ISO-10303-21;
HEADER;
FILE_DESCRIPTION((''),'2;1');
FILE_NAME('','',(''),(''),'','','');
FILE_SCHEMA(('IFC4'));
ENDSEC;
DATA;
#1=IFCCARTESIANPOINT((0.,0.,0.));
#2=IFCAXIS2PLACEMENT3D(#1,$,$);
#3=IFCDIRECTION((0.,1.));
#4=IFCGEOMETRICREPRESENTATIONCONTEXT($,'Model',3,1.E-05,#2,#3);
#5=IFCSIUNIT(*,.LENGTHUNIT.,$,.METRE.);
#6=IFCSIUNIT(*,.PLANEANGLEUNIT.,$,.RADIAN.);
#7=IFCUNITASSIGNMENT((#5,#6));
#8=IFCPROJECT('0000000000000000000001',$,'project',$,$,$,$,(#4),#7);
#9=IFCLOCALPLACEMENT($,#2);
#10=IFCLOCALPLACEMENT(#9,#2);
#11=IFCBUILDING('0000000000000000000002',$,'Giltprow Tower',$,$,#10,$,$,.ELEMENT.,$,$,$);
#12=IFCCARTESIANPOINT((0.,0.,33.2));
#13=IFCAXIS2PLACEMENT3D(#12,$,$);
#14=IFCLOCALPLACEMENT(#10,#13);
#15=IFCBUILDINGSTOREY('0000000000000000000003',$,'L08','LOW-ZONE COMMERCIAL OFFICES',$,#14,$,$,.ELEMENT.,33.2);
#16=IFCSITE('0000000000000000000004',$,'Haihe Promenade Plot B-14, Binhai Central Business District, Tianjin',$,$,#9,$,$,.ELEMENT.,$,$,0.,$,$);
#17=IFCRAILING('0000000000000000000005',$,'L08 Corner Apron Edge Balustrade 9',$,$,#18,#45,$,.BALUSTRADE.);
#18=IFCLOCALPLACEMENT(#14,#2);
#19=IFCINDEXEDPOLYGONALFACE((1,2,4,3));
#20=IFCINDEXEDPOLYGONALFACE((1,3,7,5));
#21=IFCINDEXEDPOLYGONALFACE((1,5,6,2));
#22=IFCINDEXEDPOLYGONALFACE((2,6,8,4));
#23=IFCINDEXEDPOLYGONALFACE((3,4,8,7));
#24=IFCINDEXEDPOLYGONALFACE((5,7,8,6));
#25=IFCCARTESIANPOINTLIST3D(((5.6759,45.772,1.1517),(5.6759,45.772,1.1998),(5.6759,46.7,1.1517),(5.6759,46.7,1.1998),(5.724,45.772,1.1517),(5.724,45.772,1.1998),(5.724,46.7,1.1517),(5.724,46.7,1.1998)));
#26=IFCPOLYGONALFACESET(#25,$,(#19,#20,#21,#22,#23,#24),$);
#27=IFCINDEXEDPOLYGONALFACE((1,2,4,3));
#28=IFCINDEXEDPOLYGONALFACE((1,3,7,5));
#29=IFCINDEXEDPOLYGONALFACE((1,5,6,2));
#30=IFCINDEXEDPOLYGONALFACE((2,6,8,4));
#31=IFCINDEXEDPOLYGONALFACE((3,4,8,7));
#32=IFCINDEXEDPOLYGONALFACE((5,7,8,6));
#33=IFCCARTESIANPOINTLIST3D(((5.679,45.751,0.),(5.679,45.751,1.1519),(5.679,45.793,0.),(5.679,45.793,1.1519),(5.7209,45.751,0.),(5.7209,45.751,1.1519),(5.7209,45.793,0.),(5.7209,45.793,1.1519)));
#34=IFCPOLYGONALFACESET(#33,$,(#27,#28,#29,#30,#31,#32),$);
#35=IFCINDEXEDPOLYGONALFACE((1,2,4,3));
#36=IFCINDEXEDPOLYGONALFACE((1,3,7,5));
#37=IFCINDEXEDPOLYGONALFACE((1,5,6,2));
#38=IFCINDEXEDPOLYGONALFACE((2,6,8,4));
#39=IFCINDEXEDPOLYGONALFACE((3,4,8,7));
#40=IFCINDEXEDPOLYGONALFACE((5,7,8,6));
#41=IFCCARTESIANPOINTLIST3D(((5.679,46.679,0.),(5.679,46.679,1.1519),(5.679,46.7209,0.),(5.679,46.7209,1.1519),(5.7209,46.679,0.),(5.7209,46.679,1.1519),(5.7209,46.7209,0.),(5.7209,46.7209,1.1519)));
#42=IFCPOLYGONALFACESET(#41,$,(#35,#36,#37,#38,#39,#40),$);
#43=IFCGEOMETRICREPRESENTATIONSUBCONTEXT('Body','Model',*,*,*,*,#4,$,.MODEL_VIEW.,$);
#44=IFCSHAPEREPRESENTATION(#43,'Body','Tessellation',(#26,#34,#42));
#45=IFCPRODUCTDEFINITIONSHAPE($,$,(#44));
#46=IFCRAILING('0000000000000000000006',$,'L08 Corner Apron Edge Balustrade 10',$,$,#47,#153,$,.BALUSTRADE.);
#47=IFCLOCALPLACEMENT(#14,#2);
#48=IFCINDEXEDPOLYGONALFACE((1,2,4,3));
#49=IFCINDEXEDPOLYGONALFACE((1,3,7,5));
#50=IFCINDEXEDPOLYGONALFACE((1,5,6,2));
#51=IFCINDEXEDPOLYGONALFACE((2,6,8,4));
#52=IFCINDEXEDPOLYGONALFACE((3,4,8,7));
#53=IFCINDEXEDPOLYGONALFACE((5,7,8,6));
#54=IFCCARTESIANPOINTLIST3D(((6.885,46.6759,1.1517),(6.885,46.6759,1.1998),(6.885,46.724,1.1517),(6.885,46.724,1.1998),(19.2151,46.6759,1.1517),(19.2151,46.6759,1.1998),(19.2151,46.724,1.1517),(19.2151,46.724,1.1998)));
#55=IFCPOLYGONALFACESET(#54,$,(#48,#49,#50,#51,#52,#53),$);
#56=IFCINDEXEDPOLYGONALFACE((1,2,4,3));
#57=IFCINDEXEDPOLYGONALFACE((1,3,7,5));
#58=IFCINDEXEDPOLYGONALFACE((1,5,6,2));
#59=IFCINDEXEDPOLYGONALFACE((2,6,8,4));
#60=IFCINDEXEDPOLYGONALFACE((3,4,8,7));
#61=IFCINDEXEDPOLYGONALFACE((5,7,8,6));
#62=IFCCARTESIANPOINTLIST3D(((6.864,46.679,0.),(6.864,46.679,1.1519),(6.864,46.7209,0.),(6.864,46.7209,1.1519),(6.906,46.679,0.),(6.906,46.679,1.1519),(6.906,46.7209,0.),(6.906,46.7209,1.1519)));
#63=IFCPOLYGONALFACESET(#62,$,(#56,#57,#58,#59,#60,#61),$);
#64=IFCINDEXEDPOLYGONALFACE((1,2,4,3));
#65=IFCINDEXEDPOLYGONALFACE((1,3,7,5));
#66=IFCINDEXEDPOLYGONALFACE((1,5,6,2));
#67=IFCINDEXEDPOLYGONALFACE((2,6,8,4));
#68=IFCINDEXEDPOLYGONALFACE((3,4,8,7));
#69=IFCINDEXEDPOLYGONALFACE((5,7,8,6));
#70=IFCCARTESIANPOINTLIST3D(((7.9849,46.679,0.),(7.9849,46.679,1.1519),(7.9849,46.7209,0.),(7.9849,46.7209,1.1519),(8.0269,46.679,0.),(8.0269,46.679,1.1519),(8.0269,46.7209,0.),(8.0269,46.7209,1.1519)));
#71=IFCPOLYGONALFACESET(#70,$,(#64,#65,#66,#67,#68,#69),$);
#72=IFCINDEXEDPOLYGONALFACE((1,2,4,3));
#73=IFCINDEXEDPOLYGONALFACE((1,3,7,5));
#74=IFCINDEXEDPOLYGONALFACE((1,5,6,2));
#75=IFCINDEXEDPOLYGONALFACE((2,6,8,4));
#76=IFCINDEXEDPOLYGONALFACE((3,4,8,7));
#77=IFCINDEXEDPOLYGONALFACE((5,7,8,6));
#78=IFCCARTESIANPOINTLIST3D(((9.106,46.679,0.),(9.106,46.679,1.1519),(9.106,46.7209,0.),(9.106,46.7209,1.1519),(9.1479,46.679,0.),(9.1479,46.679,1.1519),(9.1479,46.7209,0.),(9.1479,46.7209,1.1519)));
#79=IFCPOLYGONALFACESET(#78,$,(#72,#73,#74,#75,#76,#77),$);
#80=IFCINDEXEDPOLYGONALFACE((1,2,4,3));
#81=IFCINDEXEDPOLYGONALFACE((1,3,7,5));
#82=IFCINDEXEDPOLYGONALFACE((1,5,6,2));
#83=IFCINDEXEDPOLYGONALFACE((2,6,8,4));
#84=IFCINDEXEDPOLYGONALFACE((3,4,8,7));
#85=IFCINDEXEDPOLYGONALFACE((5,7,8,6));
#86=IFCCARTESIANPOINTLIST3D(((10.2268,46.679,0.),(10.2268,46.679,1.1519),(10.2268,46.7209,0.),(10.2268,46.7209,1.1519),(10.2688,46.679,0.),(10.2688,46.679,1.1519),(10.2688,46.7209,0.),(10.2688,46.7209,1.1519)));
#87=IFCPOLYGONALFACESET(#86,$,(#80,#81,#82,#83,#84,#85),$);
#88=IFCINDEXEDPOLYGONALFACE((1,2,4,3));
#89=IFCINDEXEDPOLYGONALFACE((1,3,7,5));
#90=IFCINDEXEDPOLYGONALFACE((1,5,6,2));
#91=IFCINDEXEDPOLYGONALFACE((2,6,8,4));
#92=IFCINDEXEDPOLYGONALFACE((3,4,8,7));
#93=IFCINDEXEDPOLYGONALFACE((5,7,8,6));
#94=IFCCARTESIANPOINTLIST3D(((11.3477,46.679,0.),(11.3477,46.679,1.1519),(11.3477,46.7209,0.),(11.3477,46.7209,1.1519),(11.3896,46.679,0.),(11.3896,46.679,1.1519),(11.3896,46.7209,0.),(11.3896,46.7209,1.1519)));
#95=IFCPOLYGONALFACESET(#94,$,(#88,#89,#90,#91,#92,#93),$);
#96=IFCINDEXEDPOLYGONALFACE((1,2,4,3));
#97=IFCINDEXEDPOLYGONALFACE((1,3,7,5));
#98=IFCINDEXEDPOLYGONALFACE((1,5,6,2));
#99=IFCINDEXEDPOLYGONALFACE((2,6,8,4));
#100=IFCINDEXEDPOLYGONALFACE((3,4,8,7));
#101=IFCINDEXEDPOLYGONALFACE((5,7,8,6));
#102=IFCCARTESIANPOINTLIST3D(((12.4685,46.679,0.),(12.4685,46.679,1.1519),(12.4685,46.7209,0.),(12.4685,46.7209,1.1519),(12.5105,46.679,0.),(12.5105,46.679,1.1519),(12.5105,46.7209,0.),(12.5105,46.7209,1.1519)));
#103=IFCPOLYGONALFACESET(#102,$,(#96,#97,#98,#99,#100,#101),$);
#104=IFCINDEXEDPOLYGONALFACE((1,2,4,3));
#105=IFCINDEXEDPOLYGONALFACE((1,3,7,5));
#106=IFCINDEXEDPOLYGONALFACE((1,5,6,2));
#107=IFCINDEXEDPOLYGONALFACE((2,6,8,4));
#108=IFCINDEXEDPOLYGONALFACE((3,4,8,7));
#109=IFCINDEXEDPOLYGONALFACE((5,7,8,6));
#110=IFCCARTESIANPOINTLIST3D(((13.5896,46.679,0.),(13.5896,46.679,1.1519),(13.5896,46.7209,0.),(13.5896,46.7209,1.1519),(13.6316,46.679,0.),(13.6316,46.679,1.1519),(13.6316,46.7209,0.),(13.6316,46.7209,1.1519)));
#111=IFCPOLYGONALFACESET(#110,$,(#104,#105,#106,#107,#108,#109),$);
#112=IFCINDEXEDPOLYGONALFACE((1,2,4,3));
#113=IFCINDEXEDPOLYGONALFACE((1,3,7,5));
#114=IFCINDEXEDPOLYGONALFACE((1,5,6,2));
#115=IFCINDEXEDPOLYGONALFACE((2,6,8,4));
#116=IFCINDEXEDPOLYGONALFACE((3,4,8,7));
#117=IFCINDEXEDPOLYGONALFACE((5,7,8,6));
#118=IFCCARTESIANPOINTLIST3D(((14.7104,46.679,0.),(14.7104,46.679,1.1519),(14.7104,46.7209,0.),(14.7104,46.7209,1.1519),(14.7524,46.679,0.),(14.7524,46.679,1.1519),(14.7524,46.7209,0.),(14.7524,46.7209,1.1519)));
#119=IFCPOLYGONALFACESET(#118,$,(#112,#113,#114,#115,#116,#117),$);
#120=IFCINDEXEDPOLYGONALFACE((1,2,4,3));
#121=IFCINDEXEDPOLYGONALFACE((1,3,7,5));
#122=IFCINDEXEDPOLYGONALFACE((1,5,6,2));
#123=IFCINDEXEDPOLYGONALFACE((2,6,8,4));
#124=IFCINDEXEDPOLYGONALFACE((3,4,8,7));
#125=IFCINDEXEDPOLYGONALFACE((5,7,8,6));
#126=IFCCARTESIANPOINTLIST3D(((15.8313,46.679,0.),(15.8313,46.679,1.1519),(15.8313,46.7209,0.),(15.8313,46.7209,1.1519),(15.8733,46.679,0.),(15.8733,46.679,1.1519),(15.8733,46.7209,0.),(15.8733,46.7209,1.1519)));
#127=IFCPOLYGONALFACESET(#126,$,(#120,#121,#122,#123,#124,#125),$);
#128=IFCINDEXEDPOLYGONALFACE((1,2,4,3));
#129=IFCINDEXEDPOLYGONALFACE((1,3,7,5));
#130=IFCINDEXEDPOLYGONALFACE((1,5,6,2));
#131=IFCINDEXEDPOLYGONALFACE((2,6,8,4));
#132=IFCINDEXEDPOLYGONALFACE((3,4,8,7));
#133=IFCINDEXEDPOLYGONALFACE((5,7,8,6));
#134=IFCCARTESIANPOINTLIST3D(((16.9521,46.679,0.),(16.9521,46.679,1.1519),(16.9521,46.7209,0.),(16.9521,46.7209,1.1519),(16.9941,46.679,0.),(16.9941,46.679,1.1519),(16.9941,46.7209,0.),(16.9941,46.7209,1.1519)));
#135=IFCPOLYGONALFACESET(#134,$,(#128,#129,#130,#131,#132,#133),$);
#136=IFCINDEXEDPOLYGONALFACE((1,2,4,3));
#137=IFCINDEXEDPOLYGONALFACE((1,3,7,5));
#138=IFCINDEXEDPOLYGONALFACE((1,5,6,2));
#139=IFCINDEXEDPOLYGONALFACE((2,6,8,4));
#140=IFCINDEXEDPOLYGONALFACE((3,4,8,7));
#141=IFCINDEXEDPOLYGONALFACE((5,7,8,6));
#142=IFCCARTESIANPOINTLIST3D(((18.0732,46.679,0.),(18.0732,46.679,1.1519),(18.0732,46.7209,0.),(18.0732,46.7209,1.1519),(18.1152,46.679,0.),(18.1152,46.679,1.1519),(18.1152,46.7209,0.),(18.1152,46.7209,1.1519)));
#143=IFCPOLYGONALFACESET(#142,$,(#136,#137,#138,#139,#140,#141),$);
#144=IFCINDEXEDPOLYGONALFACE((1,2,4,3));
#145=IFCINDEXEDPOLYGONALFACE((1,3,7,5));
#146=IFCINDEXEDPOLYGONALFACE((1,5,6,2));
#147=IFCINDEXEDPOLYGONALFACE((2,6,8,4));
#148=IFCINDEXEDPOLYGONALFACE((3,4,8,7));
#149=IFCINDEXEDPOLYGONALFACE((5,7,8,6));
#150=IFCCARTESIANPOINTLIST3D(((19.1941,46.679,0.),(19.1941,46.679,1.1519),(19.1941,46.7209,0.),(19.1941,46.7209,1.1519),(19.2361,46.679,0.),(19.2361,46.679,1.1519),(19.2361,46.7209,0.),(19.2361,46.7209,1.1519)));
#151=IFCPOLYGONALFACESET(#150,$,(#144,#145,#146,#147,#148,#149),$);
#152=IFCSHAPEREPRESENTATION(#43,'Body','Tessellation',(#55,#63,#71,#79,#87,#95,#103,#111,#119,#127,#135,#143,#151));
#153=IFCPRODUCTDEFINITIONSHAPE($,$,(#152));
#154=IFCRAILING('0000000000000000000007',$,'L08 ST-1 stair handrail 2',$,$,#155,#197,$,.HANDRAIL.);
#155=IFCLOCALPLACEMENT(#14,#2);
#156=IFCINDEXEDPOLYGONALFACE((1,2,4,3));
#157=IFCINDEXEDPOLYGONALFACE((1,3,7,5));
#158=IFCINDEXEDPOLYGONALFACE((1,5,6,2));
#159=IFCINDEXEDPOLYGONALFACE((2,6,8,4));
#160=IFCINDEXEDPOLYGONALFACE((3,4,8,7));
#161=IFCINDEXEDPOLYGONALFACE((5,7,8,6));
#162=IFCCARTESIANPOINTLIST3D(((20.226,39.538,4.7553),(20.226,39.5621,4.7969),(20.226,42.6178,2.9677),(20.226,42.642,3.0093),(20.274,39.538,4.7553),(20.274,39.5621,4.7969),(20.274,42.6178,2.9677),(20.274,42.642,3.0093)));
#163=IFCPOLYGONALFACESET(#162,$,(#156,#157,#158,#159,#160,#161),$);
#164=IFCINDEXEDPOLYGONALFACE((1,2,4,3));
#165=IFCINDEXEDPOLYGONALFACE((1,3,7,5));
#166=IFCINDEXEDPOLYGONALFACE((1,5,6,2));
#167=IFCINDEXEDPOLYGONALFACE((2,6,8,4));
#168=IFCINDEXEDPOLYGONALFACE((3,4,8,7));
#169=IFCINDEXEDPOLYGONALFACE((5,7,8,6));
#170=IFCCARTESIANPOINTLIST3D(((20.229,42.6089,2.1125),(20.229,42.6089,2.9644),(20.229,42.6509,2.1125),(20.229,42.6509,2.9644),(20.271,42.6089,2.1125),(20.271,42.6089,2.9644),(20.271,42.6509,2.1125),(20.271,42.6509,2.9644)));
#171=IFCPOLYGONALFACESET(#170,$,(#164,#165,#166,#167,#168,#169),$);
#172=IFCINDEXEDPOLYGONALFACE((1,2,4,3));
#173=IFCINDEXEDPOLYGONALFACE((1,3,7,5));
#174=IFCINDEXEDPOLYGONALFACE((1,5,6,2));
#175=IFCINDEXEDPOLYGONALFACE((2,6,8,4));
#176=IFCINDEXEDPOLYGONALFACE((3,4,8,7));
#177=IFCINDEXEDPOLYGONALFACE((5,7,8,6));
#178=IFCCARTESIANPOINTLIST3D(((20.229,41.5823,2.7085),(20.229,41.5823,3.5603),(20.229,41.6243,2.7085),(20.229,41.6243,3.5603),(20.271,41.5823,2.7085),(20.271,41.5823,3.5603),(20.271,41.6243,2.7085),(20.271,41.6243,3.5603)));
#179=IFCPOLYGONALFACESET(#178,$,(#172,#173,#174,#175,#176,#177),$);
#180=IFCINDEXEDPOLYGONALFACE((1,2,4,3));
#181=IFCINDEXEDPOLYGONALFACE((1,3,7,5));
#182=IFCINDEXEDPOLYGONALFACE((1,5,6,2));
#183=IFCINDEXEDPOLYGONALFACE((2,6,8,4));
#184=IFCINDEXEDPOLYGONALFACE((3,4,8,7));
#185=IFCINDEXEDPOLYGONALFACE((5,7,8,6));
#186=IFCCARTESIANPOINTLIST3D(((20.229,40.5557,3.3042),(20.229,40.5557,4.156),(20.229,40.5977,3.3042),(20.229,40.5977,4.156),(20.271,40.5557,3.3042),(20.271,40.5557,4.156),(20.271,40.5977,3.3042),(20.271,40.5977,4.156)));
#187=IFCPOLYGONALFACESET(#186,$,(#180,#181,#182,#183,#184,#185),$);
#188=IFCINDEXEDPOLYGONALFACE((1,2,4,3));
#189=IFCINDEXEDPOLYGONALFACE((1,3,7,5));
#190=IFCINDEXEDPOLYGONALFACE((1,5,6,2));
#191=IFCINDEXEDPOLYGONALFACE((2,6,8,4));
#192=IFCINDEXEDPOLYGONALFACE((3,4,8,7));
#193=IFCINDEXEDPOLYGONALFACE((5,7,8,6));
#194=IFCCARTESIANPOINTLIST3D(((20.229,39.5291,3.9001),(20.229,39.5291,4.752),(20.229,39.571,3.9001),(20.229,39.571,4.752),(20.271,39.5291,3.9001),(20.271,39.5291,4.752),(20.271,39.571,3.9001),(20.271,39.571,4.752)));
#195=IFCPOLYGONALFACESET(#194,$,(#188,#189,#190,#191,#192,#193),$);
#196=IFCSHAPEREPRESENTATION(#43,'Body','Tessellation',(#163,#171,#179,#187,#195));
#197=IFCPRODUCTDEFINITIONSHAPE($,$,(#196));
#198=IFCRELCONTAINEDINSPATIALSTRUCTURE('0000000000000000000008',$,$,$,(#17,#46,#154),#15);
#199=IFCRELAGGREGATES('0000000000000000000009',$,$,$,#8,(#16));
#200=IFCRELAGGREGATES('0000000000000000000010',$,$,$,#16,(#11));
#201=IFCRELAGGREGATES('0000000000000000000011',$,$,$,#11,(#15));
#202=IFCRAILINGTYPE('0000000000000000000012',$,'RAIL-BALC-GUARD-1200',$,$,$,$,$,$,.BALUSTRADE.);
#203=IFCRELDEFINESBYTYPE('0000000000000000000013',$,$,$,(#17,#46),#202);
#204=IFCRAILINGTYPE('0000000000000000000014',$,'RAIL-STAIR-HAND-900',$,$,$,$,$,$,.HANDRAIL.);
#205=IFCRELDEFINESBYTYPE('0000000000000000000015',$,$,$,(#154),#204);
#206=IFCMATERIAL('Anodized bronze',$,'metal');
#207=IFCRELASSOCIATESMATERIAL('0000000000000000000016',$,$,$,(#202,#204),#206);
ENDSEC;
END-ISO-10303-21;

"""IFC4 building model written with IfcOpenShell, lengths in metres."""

from ifc_helpers import new_model, si_unit, direction, frame, origin, origin_2d, place, context, subcontext, project, spatial, rectangle, extrude, material, type_object, element, save


model = new_model("IFC4")

# Units and contexts
model_context = context("Model", 3, precision=1e-05, world=origin(), true_north=direction((0.0, 1.0)))
body_context = subcontext(model_context, "Body", "Model", "MODEL_VIEW")
ifc_project = project(units=[si_unit("LENGTHUNIT", "METRE"), si_unit("PLANEANGLEUNIT", "RADIAN")], contexts=[model_context])

# Site, building, storey
site_placement = place(None, origin())
site = spatial("IfcSite", under=ifc_project, at=site_placement, Name="Haihe Promenade Plot B-14, Binhai Central Business District, Tianjin", CompositionType="ELEMENT", RefElevation=0.0)
building_placement = place(site_placement, origin())
building = spatial("IfcBuilding", under=site, at=building_placement, Name="Giltprow Tower", CompositionType="ELEMENT")
storey_placement = place(building_placement, frame((0.0, 0.0, 33.2)))
storey = spatial("IfcBuildingStorey", under=building, at=storey_placement, Name="L08", Description="LOW-ZONE COMMERCIAL OFFICES", CompositionType="ELEMENT", Elevation=33.2)

# Railings
ifc_material_1 = material(Name="Anodized bronze", Category="metal")
railing_type_1 = type_object("IfcRailingType", Name="RAIL-BALC-GUARD-1200", PredefinedType="BALUSTRADE", material=ifc_material_1)
railing_1_placement = place(storey_placement, frame((5.7, 45.772, 0.0)))
element("IfcRailing", 1, at=railing_1_placement, inside=storey, type_object=railing_type_1, Name="L08 Corner Apron Edge Balustrade 9", PredefinedType="BALUSTRADE", context=body_context, shape_type="SweptSolid", body=[
    extrude(rectangle(XDim=0.0481, YDim=0.0481, at=origin_2d()), frame((0.0, 0.0, 1.1758), z_axis=(0.0, 1.0, 0.0), x_axis=(-1.0, 0.0, 0.0)), (0.0, 0.0, 1.0), 0.928),
    extrude(rectangle(XDim=0.042, YDim=0.042, at=origin_2d()), origin(), (0.0, 0.0, 1.0), 1.1519),
    extrude(rectangle(XDim=0.042, YDim=0.042, at=origin_2d()), frame((0.0, 0.928, 0.0)), (0.0, 0.0, 1.0), 1.1519),
])
railing_2_placement = place(storey_placement, frame((6.885, 46.7, 0.0)))
element("IfcRailing", 2, at=railing_2_placement, inside=storey, type_object=railing_type_1, Name="L08 Corner Apron Edge Balustrade 10", PredefinedType="BALUSTRADE", context=body_context, shape_type="SweptSolid", body=[
    extrude(rectangle(XDim=0.0481, YDim=0.0481, at=origin_2d()), frame((0.0, 0.0, 1.1758), z_axis=(1.0, 0.0, 0.0), x_axis=(0.0, 1.0, 0.0)), (0.0, 0.0, 1.0), 12.3301),
    extrude(rectangle(XDim=0.042, YDim=0.042, at=origin_2d()), origin(), (0.0, 0.0, 1.0), 1.1519),
    extrude(rectangle(XDim=0.042, YDim=0.042, at=origin_2d()), frame((1.1208, 0.0, 0.0)), (0.0, 0.0, 1.0), 1.1519),
    extrude(rectangle(XDim=0.042, YDim=0.042, at=origin_2d()), frame((2.2419, 0.0, 0.0)), (0.0, 0.0, 1.0), 1.1519),
    extrude(rectangle(XDim=0.042, YDim=0.042, at=origin_2d()), frame((3.3628, 0.0, 0.0)), (0.0, 0.0, 1.0), 1.1519),
    extrude(rectangle(XDim=0.042, YDim=0.042, at=origin_2d()), frame((4.4836, 0.0, 0.0)), (0.0, 0.0, 1.0), 1.1519),
    extrude(rectangle(XDim=0.042, YDim=0.042, at=origin_2d()), frame((5.6045, 0.0, 0.0)), (0.0, 0.0, 1.0), 1.1519),
    extrude(rectangle(XDim=0.042, YDim=0.042, at=origin_2d()), frame((6.7256, 0.0, 0.0)), (0.0, 0.0, 1.0), 1.1519),
    extrude(rectangle(XDim=0.042, YDim=0.042, at=origin_2d()), frame((7.8464, 0.0, 0.0)), (0.0, 0.0, 1.0), 1.1519),
    extrude(rectangle(XDim=0.042, YDim=0.042, at=origin_2d()), frame((8.9673, 0.0, 0.0)), (0.0, 0.0, 1.0), 1.1519),
    extrude(rectangle(XDim=0.042, YDim=0.042, at=origin_2d()), frame((10.0881, 0.0, 0.0)), (0.0, 0.0, 1.0), 1.1519),
    extrude(rectangle(XDim=0.042, YDim=0.042, at=origin_2d()), frame((11.2092, 0.0, 0.0)), (0.0, 0.0, 1.0), 1.1519),
    extrude(rectangle(XDim=0.042, YDim=0.042, at=origin_2d()), frame((12.3301, 0.0, 0.0)), (0.0, 0.0, 1.0), 1.1519),
])
railing_type_2 = type_object("IfcRailingType", Name="RAIL-STAIR-HAND-900", PredefinedType="HANDRAIL", material=ifc_material_1)
railing_3_placement = place(storey_placement, frame((20.25, 42.6299, 2.1125)))
element("IfcRailing", 3, at=railing_3_placement, inside=storey, type_object=railing_type_2, Name="L08 ST-1 stair handrail 2", PredefinedType="HANDRAIL", context=body_context, shape_type="SweptSolid", body=[
    extrude(rectangle(XDim=0.0481, YDim=0.0481, at=origin_2d()), frame((0.0, 0.0, 0.876), z_axis=(0.0, -0.864873, 0.50199), x_axis=(1.0, 0.0, 0.0)), (0.0, 0.0, 1.0), 3.561),
    extrude(rectangle(XDim=0.042, YDim=0.042, at=origin_2d()), origin(), (0.0, 0.0, 1.0), 0.8518),
    extrude(rectangle(XDim=0.042, YDim=0.042, at=origin_2d()), frame((0.0, -1.0266, 0.5959)), (0.0, 0.0, 1.0), 0.8518),
    extrude(rectangle(XDim=0.042, YDim=0.042, at=origin_2d()), frame((0.0, -2.0532, 1.1917)), (0.0, 0.0, 1.0), 0.8518),
    extrude(rectangle(XDim=0.042, YDim=0.042, at=origin_2d()), frame((0.0, -3.0798, 1.7876)), (0.0, 0.0, 1.0), 0.8518),
])

save(model, "model.ifc")
